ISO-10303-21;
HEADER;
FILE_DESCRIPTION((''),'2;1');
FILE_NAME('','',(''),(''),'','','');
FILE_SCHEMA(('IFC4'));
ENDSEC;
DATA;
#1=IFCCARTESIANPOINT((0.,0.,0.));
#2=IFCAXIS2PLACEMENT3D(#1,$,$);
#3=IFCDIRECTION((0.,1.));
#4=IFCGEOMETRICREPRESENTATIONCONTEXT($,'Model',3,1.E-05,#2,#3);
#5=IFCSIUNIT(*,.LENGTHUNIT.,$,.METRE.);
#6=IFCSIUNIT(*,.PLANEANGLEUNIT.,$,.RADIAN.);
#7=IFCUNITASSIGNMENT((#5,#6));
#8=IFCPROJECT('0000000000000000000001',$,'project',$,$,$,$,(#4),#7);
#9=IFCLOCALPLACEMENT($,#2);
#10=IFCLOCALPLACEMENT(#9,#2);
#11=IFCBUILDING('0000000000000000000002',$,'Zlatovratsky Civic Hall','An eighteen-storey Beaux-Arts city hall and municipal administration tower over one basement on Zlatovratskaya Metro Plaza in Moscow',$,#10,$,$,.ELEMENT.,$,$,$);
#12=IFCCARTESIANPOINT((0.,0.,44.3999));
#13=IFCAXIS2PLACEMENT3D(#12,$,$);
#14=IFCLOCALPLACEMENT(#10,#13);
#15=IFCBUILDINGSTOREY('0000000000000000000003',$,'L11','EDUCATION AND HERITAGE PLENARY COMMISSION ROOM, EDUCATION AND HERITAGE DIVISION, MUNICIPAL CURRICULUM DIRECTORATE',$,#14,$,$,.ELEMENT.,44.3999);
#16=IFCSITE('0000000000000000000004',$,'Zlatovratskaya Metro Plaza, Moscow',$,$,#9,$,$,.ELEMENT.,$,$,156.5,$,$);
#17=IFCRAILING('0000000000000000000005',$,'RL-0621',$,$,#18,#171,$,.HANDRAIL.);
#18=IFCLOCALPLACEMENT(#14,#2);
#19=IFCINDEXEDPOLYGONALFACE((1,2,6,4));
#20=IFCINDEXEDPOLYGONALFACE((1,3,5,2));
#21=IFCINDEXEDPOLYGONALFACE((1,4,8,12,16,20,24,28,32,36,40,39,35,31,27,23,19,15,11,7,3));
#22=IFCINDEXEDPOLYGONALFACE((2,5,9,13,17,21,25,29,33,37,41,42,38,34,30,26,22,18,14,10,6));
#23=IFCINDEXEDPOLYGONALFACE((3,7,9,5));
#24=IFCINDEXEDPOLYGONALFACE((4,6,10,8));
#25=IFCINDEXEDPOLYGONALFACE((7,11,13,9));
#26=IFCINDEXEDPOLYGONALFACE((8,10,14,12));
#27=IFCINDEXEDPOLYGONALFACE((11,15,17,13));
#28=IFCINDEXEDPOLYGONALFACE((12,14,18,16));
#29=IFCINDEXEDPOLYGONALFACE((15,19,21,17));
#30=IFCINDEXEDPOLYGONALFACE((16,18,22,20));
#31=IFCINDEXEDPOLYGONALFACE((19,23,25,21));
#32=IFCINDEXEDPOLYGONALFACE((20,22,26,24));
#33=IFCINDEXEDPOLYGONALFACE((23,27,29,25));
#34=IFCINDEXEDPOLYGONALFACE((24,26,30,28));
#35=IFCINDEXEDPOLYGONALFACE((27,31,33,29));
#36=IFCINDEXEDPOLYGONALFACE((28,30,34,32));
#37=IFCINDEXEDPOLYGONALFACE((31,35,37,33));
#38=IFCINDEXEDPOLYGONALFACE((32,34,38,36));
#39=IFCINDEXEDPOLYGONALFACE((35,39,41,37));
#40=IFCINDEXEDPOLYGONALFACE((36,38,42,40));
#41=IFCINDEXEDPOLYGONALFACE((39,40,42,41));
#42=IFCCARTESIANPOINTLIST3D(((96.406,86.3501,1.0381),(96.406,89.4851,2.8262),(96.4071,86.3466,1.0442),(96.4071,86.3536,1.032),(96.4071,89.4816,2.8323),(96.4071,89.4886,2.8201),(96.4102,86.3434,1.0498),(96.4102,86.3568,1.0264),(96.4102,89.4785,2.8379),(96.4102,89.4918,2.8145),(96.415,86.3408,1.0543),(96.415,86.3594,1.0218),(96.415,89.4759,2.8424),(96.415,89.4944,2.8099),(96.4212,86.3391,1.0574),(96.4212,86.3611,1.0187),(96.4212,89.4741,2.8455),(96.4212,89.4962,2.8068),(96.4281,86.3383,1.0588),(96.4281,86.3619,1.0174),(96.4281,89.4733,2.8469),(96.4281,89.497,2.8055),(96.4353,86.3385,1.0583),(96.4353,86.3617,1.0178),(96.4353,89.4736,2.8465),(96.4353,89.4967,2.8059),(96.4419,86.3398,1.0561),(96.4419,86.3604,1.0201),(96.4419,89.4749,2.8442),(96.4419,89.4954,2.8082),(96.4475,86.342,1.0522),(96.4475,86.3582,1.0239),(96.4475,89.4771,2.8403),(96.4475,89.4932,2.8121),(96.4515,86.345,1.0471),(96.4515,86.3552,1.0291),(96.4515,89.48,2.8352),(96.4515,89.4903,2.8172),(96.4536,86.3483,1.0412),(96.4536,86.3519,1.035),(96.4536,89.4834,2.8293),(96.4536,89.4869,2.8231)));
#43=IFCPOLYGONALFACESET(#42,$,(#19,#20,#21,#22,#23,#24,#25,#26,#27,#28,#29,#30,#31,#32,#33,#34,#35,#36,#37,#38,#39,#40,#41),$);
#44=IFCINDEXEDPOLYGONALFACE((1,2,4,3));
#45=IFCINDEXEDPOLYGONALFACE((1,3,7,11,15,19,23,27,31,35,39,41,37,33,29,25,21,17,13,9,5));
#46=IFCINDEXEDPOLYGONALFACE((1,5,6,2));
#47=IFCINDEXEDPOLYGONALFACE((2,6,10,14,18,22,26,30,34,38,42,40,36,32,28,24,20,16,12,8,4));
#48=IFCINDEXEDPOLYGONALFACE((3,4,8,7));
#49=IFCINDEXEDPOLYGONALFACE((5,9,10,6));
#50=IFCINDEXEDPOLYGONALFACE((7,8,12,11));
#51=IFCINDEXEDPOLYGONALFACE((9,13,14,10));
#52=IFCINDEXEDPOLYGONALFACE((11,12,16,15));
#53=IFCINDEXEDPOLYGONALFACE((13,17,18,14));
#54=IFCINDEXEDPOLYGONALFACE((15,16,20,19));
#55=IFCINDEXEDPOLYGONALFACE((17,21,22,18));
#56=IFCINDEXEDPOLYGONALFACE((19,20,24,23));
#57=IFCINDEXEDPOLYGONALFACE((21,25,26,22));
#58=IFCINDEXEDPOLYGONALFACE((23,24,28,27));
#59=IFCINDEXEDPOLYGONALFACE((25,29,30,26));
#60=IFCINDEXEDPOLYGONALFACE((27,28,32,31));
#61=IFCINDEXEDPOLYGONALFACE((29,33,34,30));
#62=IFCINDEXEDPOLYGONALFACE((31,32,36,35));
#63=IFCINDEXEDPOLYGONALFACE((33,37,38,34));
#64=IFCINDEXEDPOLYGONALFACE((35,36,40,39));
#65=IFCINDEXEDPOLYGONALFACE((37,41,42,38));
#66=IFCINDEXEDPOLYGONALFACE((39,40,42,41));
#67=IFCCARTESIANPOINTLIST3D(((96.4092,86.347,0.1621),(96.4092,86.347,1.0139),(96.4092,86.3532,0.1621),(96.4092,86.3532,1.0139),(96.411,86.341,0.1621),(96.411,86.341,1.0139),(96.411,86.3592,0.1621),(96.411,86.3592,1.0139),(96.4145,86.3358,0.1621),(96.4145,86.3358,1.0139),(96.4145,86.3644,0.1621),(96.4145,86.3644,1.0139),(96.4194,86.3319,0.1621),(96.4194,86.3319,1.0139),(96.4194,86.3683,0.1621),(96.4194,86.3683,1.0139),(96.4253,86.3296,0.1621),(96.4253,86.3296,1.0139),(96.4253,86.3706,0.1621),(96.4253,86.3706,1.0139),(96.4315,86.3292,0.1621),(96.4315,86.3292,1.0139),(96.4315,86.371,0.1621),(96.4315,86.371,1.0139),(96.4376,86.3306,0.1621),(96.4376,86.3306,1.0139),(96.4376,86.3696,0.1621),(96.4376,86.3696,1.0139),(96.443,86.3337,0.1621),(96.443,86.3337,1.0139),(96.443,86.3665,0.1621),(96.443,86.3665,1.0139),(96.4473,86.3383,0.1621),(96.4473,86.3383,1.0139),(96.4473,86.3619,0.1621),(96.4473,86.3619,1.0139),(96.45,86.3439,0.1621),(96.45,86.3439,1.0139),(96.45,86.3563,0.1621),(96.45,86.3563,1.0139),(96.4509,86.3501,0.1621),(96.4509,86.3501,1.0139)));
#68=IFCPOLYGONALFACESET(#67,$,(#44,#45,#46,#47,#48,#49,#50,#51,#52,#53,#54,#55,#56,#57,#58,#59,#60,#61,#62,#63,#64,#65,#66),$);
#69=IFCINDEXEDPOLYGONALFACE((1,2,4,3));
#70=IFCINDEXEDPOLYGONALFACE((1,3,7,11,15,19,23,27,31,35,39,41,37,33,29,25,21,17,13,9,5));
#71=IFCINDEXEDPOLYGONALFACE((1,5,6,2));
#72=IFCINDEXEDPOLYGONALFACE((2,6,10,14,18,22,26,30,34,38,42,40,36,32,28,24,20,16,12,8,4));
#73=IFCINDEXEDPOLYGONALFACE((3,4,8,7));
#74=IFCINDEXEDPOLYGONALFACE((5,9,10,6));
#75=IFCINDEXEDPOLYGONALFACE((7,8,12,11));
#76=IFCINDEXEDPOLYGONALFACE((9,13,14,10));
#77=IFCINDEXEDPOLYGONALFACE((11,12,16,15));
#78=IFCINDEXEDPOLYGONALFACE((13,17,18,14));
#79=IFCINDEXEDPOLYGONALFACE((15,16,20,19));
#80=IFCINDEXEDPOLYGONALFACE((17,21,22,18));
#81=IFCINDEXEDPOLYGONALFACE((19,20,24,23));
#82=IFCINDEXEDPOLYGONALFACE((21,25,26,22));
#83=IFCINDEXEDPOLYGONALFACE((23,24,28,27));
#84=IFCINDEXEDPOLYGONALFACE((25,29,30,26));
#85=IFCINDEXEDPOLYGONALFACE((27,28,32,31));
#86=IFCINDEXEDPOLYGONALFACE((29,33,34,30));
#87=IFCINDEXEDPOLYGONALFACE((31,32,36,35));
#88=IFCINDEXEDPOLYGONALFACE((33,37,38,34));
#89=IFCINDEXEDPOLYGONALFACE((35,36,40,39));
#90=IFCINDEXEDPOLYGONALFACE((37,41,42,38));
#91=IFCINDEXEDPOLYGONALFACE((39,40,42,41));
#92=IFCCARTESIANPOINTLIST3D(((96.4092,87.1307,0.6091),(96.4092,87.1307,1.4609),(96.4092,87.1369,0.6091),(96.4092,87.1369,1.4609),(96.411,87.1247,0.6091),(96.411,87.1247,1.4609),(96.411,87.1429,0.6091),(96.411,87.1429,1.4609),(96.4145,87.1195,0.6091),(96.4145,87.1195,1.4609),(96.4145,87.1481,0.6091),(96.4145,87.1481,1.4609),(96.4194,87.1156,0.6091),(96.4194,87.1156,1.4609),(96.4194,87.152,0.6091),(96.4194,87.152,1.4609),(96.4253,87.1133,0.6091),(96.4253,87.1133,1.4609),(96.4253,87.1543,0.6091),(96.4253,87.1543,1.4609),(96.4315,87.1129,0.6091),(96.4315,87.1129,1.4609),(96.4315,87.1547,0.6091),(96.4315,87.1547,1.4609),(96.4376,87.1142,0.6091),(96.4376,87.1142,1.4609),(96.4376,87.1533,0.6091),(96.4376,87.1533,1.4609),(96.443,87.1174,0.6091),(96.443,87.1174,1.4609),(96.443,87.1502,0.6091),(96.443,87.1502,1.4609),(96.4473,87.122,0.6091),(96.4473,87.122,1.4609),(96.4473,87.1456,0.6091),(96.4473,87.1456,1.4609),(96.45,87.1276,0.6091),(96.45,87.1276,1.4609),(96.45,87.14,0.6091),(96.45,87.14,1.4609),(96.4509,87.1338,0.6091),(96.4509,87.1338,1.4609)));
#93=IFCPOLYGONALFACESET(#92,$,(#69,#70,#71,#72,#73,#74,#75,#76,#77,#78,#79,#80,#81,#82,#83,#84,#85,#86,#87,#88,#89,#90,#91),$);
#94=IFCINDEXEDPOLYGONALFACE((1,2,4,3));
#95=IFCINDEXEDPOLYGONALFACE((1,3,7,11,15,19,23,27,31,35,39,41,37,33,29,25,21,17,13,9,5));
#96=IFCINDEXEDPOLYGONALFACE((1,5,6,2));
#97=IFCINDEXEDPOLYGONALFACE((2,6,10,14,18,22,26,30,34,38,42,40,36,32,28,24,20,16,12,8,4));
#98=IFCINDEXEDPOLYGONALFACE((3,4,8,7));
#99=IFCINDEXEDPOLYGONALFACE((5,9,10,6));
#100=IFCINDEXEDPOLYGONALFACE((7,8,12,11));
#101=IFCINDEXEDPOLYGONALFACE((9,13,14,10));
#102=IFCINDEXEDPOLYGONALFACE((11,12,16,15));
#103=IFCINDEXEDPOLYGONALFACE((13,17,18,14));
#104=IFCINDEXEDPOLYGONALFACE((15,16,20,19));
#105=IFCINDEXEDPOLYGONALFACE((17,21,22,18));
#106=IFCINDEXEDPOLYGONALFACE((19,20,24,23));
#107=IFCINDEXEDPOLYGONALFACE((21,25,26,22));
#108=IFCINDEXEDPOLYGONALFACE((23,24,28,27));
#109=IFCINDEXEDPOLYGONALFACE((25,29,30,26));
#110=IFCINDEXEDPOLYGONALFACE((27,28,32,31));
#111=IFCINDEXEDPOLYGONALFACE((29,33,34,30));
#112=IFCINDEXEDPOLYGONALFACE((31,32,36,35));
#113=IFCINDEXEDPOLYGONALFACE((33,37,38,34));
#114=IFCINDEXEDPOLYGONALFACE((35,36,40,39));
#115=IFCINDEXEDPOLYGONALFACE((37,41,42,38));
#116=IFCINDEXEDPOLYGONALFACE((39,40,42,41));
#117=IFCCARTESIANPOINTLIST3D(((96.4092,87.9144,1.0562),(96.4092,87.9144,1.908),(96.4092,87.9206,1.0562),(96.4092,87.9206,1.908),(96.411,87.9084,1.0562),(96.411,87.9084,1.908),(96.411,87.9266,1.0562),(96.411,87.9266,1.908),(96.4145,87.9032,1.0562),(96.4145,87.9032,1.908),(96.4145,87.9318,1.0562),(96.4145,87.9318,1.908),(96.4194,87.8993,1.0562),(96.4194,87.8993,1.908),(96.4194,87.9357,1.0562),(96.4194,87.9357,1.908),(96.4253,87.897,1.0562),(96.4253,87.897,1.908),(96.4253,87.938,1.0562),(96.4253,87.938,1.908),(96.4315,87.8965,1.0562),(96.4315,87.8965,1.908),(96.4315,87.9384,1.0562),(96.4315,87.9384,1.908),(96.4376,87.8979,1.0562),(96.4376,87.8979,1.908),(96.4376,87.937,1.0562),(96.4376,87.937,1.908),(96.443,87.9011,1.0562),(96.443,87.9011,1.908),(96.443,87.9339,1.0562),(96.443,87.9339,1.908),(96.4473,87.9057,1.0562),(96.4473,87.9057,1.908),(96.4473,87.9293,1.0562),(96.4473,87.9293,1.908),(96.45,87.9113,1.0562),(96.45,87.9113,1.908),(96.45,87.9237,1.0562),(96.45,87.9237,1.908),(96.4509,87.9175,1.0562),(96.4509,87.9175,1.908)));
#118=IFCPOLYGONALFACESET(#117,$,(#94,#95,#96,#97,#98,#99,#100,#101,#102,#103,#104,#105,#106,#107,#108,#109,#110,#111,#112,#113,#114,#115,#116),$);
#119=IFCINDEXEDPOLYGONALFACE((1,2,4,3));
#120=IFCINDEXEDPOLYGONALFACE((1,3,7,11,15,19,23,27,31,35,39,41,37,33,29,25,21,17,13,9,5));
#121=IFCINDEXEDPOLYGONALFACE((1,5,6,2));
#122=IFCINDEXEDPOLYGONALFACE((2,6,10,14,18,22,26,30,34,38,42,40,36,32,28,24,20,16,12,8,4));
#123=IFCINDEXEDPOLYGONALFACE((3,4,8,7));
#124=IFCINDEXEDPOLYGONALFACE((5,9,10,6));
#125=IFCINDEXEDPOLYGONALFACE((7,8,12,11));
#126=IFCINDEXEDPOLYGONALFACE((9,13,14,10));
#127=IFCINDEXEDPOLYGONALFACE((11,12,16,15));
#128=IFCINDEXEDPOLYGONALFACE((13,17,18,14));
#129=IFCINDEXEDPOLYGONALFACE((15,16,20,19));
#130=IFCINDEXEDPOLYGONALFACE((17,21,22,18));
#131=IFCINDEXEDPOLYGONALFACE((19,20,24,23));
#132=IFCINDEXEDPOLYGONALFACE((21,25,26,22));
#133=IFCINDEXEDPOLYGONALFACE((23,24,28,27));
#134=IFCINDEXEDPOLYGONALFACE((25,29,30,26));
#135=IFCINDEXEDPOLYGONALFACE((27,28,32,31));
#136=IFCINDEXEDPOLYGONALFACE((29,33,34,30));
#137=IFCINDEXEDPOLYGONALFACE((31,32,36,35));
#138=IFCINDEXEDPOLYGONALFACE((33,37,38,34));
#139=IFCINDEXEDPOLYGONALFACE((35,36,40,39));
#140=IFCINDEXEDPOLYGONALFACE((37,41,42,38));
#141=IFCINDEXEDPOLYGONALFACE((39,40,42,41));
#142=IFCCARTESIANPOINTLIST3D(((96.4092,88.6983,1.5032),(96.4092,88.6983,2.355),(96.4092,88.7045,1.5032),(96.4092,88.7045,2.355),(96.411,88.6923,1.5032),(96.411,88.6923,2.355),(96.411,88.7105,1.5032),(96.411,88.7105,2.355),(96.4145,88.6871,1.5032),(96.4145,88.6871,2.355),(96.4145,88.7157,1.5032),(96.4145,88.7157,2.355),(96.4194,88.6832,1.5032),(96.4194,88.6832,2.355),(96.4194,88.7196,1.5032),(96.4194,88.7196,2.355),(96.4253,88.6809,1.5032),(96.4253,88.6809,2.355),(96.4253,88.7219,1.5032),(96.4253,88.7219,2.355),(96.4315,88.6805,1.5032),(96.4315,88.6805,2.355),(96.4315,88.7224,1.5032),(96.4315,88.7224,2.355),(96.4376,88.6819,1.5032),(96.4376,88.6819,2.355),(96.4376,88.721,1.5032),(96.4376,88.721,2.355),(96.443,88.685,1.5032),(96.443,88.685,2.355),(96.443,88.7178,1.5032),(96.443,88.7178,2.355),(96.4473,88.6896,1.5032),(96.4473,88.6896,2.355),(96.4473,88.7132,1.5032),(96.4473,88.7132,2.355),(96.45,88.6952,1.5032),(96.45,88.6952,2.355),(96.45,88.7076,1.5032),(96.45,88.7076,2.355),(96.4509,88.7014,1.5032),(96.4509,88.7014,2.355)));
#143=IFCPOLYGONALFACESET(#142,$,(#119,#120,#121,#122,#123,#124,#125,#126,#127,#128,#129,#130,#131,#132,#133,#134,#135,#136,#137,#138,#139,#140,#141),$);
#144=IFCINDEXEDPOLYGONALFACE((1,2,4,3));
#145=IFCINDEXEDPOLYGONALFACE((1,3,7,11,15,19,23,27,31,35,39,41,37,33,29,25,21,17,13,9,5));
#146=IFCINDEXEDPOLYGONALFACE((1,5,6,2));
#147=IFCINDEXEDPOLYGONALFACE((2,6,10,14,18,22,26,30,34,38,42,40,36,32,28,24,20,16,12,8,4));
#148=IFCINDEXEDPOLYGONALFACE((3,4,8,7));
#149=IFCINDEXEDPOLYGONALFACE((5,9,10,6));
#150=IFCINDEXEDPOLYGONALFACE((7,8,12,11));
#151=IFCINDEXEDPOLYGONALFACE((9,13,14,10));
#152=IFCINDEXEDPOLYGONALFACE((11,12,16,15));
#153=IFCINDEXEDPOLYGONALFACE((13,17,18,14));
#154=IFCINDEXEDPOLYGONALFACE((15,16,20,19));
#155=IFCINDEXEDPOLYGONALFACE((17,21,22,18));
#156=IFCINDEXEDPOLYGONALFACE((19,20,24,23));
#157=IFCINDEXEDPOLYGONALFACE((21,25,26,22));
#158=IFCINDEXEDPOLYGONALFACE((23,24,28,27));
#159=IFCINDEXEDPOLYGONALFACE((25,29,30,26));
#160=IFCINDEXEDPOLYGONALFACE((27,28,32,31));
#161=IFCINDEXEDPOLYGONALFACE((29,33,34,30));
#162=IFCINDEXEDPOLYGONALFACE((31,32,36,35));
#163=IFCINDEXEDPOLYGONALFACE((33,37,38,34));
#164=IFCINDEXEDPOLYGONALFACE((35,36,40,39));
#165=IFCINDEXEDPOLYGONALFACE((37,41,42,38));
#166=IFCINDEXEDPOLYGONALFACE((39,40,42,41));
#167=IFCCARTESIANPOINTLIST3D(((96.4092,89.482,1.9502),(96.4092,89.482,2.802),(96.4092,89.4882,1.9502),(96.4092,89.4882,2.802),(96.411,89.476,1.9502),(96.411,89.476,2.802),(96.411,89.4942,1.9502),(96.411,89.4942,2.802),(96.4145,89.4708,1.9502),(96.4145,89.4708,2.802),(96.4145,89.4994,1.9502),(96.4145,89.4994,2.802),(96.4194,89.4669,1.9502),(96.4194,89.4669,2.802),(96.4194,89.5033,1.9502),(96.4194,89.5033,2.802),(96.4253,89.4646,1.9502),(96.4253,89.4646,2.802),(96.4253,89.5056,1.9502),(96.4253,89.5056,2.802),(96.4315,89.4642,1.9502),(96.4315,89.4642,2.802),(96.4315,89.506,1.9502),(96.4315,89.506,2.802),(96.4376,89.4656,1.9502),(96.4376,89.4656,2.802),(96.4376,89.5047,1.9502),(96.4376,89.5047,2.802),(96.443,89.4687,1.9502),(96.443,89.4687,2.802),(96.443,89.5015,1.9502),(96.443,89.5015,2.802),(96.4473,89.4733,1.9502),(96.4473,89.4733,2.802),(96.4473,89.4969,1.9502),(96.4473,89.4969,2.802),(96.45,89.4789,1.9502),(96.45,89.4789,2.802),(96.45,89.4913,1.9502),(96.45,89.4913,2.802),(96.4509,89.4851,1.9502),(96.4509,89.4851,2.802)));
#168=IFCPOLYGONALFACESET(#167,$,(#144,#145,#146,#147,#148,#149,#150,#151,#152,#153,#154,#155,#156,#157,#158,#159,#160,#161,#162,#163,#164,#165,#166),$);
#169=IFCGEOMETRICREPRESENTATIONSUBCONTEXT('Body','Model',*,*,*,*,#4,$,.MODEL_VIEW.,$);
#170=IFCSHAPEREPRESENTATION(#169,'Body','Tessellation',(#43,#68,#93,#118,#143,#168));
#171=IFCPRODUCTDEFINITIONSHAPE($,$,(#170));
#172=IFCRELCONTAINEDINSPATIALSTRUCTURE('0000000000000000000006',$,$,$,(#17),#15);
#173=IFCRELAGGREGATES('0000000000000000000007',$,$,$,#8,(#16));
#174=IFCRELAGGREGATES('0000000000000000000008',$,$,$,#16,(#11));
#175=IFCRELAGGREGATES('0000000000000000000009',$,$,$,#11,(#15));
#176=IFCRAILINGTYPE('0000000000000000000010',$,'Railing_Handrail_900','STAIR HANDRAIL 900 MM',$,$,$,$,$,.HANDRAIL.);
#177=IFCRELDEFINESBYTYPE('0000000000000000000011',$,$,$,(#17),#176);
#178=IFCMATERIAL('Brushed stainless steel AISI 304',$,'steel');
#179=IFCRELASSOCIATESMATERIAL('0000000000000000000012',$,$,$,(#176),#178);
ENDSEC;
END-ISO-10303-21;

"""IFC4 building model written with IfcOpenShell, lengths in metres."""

from ifc_helpers import new_model, si_unit, direction, frame, origin, origin_2d, place, context, subcontext, project, spatial, circle, extrude, material, type_object, element, save


model = new_model("IFC4")

# Units and contexts
model_context = context("Model", 3, precision=1e-05, world=origin(), true_north=direction((0.0, 1.0)))
body_context = subcontext(model_context, "Body", "Model", "MODEL_VIEW")
ifc_project = project(units=[si_unit("LENGTHUNIT", "METRE"), si_unit("PLANEANGLEUNIT", "RADIAN")], contexts=[model_context])

# Site, building, storey
site_placement = place(None, origin())
site = spatial("IfcSite", under=ifc_project, at=site_placement, Name="Zlatovratskaya Metro Plaza, Moscow", CompositionType="ELEMENT", RefElevation=156.5)
building_placement = place(site_placement, origin())
building = spatial("IfcBuilding", under=site, at=building_placement, Name="Zlatovratsky Civic Hall", Description="An eighteen-storey Beaux-Arts city hall and municipal administration tower over one basement on Zlatovratskaya Metro Plaza in Moscow", CompositionType="ELEMENT")
storey_placement = place(building_placement, frame((0.0, 0.0, 44.3999)))
storey = spatial("IfcBuildingStorey", under=building, at=storey_placement, Name="L11", Description="EDUCATION AND HERITAGE PLENARY COMMISSION ROOM, EDUCATION AND HERITAGE DIVISION, MUNICIPAL CURRICULUM DIRECTORATE", CompositionType="ELEMENT", Elevation=44.3999)

# Railing
ifc_material_1 = material(Name="Brushed stainless steel AISI 304", Category="steel")
railing_type_1 = type_object("IfcRailingType", Name="Railing_Handrail_900", Description="STAIR HANDRAIL 900 MM", PredefinedType="HANDRAIL", material=ifc_material_1)
railing_1_placement = place(storey_placement, frame((96.4299, 86.3501, 0.1621)))
element("IfcRailing", 1, at=railing_1_placement, inside=storey, type_object=railing_type_1, Name="RL-0621", PredefinedType="HANDRAIL", context=body_context, shape_type="SweptSolid", body=[
    extrude(circle(Radius=0.0239, at=origin_2d()), frame((0.0, 0.0, 0.876), z_axis=(0.0, 0.868642, 0.495439), x_axis=(-1.0, 0.0, 0.0)), (0.0, 0.0, 1.0), 3.6091),
    extrude(circle(Radius=0.021, at=origin_2d()), origin(), (0.0, 0.0, 1.0), 0.8518),
    extrude(circle(Radius=0.021, at=origin_2d()), frame((0.0, 0.7837, 0.447)), (0.0, 0.0, 1.0), 0.8518),
    extrude(circle(Radius=0.021, at=origin_2d()), frame((0.0, 1.5674, 0.894)), (0.0, 0.0, 1.0), 0.8518),
    extrude(circle(Radius=0.021, at=origin_2d()), frame((0.0, 2.3513, 1.3411)), (0.0, 0.0, 1.0), 0.8518),
    extrude(circle(Radius=0.021, at=origin_2d()), frame((0.0, 3.135, 1.7881)), (0.0, 0.0, 1.0), 0.8518),
])

save(model, "model.ifc")
